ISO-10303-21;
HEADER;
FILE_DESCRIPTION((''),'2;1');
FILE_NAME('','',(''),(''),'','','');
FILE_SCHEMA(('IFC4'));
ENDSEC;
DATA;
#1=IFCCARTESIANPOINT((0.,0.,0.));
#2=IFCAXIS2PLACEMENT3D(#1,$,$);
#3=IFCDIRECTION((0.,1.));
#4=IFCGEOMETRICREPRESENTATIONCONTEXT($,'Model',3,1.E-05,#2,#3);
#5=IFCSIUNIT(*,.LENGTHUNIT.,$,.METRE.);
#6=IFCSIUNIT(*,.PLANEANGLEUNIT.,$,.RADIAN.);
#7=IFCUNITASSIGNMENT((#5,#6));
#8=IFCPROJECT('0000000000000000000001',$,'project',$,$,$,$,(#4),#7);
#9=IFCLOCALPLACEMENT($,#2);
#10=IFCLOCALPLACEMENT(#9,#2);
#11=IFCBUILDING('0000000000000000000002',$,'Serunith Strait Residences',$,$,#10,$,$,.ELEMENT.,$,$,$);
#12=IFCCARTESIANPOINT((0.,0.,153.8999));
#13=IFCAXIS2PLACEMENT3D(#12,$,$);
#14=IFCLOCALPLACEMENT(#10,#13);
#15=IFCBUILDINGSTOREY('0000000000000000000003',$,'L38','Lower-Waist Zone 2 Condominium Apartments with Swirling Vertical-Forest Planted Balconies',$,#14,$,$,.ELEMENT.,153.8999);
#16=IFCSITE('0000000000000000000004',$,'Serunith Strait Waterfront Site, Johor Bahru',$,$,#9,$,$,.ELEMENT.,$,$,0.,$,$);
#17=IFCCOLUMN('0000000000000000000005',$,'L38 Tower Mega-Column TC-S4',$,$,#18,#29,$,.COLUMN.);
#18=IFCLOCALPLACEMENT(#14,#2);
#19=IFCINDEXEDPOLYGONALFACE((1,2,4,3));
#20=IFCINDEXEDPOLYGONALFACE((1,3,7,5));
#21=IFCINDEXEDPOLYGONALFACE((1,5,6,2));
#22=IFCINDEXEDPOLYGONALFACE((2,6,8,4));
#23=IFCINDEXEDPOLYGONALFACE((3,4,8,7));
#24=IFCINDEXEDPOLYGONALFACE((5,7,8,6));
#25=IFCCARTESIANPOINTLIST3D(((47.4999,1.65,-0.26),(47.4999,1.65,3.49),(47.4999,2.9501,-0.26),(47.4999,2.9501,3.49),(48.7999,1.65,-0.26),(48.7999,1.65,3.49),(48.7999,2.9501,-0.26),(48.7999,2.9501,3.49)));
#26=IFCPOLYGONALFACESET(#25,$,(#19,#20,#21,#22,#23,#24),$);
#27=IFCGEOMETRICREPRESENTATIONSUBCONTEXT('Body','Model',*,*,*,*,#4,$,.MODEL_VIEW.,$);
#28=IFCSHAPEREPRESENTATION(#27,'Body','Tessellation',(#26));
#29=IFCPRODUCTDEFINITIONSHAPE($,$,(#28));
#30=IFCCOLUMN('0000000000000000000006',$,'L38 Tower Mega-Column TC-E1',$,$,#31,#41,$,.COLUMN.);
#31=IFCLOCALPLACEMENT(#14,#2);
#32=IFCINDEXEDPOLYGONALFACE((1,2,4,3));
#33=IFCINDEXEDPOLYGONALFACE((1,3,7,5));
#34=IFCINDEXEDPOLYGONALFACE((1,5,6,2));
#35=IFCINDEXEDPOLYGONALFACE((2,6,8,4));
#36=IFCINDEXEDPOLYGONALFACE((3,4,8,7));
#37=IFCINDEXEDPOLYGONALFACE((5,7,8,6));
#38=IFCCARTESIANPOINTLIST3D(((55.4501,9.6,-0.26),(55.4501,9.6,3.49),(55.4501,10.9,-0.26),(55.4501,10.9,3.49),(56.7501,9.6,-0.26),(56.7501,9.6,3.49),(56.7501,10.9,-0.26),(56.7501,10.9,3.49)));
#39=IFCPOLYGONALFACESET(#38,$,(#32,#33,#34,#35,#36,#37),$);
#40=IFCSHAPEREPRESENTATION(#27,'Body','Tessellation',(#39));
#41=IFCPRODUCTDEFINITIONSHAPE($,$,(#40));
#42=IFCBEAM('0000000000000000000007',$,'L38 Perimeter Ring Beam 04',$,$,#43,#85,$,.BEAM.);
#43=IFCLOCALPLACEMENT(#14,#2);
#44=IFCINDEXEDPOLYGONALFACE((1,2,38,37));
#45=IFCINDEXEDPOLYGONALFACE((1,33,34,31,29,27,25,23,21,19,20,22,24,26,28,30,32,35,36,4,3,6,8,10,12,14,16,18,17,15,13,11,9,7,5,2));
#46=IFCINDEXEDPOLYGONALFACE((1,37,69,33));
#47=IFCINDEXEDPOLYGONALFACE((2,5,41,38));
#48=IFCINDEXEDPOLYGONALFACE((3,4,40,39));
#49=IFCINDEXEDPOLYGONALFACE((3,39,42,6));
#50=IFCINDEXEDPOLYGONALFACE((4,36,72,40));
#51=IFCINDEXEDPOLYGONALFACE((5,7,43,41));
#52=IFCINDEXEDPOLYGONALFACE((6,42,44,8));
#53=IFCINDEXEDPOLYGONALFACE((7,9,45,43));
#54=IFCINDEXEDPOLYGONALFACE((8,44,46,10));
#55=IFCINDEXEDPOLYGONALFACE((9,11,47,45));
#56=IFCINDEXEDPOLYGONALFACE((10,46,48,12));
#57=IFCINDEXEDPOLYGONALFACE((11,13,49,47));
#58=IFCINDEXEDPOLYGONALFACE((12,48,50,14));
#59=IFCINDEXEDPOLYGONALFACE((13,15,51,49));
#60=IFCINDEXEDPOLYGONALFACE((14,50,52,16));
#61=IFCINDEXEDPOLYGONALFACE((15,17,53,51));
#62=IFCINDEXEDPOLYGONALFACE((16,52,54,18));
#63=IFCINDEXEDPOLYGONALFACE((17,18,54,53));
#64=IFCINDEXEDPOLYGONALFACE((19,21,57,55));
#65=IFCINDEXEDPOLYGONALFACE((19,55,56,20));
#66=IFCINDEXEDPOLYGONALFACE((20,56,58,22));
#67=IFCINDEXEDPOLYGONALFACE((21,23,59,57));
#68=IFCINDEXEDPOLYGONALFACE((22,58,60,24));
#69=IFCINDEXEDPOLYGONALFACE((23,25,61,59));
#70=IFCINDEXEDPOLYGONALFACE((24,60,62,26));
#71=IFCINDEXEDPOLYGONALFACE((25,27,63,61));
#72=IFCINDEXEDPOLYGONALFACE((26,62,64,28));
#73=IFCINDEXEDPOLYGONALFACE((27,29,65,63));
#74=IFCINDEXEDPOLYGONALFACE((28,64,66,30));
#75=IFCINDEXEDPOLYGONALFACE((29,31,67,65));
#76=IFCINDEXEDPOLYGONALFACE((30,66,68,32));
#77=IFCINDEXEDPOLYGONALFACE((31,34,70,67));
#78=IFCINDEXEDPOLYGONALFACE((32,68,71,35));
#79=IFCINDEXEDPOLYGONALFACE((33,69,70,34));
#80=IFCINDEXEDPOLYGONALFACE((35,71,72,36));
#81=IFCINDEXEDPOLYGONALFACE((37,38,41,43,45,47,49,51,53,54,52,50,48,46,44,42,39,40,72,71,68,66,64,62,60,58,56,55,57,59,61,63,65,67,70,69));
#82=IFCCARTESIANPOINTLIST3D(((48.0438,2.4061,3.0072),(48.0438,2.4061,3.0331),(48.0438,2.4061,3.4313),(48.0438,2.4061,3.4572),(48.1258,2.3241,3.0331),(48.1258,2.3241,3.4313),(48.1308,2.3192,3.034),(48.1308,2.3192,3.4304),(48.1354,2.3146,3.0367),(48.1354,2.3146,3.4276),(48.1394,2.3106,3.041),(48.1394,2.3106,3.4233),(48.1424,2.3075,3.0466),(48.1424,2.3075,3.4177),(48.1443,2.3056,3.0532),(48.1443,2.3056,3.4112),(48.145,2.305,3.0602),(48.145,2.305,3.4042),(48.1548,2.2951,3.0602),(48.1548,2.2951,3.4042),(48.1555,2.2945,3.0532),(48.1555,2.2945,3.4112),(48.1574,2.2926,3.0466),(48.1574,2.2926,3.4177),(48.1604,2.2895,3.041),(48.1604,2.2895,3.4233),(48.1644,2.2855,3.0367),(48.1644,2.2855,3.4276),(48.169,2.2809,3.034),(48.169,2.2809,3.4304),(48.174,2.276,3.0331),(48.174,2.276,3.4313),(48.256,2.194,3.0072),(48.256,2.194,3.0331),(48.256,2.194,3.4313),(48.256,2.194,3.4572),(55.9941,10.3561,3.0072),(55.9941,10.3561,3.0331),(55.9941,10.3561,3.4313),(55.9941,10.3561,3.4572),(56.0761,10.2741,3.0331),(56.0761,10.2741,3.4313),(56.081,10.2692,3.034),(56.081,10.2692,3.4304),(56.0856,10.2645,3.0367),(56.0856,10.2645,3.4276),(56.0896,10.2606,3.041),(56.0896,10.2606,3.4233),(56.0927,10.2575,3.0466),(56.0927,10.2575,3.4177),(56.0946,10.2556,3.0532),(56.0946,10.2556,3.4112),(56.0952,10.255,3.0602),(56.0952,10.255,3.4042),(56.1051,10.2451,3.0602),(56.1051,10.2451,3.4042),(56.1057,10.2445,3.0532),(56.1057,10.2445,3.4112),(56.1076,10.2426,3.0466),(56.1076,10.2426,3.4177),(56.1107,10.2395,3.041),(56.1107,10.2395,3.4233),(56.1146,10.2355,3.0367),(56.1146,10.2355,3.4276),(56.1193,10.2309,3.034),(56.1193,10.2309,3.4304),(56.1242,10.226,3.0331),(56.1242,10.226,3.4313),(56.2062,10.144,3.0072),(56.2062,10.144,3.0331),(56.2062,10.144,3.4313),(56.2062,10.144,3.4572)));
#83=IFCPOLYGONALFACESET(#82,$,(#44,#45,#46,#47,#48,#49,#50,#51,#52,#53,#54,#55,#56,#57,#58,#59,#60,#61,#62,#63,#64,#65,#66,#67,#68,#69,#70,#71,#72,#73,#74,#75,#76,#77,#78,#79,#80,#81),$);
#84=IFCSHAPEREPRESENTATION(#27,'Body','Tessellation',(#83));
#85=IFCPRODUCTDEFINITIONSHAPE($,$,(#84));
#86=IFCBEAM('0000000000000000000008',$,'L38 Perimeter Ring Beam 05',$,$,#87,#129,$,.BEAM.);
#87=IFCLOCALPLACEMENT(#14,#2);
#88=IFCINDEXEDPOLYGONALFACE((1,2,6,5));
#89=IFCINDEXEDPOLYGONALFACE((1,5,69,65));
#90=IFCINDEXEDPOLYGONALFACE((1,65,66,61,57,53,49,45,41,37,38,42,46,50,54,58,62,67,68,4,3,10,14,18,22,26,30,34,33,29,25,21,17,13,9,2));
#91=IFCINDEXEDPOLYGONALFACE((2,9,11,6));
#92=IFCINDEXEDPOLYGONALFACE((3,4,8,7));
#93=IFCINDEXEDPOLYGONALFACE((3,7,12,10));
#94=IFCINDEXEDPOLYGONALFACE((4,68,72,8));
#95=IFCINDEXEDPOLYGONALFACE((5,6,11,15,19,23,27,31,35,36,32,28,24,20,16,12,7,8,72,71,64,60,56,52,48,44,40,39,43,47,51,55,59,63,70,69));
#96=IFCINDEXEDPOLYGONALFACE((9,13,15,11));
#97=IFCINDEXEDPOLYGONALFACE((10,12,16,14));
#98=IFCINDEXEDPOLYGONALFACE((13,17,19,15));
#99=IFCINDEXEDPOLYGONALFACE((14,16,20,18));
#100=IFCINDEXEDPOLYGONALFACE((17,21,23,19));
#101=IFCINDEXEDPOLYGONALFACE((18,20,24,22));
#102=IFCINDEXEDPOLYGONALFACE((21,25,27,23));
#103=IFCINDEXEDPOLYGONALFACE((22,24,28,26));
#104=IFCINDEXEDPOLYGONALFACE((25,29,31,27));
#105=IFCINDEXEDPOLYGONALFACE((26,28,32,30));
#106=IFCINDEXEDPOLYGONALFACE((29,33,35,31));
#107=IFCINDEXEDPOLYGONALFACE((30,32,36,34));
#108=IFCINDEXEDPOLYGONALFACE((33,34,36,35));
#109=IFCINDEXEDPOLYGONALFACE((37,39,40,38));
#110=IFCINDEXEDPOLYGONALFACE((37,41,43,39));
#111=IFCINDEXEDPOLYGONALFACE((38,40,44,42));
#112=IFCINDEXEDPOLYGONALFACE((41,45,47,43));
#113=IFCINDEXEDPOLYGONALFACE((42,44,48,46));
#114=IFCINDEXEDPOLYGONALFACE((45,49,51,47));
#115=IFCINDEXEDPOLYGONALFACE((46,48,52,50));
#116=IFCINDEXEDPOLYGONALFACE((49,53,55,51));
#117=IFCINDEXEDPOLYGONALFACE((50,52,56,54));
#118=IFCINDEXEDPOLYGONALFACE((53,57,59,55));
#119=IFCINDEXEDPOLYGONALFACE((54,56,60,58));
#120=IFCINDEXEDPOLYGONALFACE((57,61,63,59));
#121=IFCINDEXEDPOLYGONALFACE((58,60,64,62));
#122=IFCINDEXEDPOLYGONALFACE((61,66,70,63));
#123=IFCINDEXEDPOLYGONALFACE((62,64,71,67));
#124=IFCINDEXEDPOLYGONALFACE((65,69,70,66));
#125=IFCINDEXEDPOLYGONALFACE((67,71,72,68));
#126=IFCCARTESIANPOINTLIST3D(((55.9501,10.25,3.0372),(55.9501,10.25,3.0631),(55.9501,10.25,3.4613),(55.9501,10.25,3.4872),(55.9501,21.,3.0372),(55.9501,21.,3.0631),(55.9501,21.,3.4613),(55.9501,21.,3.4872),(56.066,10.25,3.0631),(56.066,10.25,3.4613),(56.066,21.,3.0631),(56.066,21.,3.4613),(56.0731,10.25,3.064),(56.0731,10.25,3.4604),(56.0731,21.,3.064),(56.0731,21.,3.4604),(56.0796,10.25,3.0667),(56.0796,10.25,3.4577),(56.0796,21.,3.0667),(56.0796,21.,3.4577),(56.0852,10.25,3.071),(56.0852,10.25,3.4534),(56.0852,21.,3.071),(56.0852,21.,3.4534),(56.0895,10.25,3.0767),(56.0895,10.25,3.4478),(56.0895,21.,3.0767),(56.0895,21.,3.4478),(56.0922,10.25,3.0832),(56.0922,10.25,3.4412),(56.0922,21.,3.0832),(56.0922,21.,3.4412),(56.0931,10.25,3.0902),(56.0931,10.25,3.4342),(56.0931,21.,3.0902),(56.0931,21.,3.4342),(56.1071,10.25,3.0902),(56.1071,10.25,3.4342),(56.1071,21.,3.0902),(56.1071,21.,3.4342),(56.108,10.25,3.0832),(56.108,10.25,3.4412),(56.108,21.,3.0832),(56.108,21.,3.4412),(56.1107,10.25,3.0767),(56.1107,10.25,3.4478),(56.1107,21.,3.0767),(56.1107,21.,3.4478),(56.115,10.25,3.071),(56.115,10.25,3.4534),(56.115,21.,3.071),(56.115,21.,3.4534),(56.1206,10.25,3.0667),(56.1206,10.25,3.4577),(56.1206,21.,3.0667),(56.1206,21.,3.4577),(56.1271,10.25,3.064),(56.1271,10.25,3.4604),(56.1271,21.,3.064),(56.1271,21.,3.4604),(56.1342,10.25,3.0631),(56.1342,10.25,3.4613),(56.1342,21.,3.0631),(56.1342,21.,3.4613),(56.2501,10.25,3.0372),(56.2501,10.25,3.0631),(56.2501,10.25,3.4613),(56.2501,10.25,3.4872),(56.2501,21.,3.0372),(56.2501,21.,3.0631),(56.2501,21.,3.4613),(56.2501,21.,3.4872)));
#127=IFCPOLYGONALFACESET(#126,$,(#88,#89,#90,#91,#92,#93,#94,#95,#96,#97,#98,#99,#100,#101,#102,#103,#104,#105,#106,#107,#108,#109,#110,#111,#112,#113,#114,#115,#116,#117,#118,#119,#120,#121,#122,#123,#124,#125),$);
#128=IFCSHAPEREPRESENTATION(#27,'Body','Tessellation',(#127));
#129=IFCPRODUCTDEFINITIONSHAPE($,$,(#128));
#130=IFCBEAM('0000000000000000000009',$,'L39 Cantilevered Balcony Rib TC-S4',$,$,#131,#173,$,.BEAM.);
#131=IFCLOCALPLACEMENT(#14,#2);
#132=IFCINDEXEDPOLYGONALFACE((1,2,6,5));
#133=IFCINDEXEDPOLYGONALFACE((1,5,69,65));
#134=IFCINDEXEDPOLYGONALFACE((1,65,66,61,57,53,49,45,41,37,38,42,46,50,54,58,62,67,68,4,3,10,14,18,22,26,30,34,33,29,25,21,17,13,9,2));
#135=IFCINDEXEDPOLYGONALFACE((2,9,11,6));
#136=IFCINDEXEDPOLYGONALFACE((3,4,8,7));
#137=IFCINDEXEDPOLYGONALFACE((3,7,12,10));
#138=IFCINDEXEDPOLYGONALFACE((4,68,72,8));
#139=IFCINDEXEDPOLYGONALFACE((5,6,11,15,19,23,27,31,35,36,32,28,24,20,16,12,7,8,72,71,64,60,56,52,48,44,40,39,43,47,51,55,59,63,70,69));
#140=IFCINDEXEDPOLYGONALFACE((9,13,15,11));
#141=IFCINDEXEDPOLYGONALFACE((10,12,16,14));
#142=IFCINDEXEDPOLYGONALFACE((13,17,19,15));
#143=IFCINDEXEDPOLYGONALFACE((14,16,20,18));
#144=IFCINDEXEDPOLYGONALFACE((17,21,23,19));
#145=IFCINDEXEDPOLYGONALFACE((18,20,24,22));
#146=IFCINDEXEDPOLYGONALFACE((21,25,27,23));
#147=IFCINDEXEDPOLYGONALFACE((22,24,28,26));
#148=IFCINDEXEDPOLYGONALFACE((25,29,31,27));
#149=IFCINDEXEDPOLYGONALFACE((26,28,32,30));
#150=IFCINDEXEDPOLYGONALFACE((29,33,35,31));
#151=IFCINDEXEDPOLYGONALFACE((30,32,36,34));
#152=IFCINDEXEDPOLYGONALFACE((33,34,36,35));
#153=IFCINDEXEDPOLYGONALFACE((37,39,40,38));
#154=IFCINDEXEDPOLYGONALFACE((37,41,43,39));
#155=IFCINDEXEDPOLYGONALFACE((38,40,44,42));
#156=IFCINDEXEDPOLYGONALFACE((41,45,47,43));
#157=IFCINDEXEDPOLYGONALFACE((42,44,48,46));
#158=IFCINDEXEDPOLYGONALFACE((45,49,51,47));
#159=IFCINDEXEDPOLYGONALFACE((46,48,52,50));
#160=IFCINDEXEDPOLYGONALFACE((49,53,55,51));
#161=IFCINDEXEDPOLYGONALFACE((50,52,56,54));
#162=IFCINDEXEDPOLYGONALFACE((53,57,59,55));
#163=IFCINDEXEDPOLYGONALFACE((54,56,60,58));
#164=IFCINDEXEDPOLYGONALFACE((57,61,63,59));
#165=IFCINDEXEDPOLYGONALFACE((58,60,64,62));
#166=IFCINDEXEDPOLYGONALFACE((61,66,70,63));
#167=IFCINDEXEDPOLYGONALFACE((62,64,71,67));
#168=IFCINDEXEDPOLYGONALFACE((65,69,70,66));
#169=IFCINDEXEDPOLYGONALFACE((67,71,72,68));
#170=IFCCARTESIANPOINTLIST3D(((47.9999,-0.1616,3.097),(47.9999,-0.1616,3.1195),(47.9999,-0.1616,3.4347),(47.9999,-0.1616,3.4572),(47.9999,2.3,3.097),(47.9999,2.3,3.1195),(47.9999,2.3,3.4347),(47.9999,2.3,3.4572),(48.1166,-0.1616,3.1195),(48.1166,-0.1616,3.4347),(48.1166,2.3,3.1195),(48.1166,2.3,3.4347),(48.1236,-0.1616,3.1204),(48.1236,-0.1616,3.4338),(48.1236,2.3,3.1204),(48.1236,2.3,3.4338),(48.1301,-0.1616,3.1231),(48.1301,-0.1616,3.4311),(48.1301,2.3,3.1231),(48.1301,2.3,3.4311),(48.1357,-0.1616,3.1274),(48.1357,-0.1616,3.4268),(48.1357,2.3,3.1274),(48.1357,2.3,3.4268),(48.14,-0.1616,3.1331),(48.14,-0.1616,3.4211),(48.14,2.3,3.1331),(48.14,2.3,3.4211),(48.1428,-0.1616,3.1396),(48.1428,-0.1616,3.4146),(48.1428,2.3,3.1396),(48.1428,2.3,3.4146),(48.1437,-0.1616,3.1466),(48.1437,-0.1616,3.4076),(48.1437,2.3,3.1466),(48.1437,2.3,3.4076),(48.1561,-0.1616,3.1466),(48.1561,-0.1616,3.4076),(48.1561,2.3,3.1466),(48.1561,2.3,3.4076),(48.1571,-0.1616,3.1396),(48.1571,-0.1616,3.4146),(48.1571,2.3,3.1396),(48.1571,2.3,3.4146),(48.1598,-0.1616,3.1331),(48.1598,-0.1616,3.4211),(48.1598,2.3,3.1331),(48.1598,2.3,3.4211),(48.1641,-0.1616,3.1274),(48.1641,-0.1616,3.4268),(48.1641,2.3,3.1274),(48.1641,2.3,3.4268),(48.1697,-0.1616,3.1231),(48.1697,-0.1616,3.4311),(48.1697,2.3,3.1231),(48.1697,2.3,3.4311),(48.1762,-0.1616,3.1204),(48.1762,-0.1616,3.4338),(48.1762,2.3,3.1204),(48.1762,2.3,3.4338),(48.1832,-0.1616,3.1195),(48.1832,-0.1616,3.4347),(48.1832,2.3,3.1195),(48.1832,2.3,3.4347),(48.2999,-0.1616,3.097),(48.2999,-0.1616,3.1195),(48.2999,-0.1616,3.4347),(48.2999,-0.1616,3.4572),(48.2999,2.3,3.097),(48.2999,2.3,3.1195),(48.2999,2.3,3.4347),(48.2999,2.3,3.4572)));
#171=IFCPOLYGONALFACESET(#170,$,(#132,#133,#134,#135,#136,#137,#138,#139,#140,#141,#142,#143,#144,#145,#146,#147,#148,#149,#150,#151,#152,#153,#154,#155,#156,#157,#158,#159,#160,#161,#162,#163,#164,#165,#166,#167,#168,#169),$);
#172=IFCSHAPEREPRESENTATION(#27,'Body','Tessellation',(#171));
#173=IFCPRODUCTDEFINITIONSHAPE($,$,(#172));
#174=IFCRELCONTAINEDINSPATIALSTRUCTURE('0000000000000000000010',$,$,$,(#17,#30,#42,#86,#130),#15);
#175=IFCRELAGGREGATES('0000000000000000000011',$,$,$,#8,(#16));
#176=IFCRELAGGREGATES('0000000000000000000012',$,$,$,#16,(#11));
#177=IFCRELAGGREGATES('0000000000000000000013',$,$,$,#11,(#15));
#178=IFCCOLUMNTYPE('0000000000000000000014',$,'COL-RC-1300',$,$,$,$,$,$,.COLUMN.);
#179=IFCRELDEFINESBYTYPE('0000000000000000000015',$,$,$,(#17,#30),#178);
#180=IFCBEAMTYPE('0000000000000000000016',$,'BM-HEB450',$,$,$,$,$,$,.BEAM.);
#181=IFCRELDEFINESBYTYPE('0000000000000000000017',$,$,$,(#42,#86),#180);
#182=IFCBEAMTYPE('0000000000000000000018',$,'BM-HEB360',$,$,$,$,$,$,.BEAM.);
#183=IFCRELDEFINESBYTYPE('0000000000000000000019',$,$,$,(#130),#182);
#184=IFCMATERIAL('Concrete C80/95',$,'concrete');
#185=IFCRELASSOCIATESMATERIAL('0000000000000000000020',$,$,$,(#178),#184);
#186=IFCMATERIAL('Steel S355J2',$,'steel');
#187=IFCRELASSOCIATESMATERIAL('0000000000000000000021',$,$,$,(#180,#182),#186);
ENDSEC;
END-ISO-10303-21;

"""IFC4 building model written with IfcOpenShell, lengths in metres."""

from ifc_helpers import new_model, si_unit, direction, frame, origin, origin_2d, place, context, subcontext, project, spatial, rectangle, i_section, extrude, source, transform, mapped, material, material_profile, profile_set, type_object, element, save


model = new_model("IFC4")

# Units and contexts
model_context = context("Model", 3, precision=1e-05, world=origin(), true_north=direction((0.0, 1.0)))
body_context = subcontext(model_context, "Body", "Model", "MODEL_VIEW")
ifc_project = project(units=[si_unit("LENGTHUNIT", "METRE"), si_unit("PLANEANGLEUNIT", "RADIAN")], contexts=[model_context])

# Site, building, storey
site_placement = place(None, origin())
site = spatial("IfcSite", under=ifc_project, at=site_placement, Name="Serunith Strait Waterfront Site, Johor Bahru", CompositionType="ELEMENT", RefElevation=0.0)
building_placement = place(site_placement, origin())
building = spatial("IfcBuilding", under=site, at=building_placement, Name="Serunith Strait Residences", CompositionType="ELEMENT")
storey_placement = place(building_placement, frame((0.0, 0.0, 153.8999)))
storey = spatial("IfcBuildingStorey", under=building, at=storey_placement, Name="L38", Description="Lower-Waist Zone 2 Condominium Apartments with Swirling Vertical-Forest Planted Balconies", CompositionType="ELEMENT", Elevation=153.8999)

# Columns
ifc_material_1 = material(Name="Concrete C80/95", Category="concrete")
ifc_material_profile_1 = material_profile(ifc_material_1, rectangle(XDim=1.3, YDim=1.3, at=origin_2d()), Name="RC 1300x1300")
ifc_profile_set_1 = profile_set([ifc_material_profile_1], Name="Concrete C80/95")
column_type = type_object("IfcColumnType", Name="COL-RC-1300", PredefinedType="COLUMN", material=ifc_profile_set_1)
shared_shape_1 = source(origin(), body_context, "Body", "SweptSolid", [
    extrude(rectangle(XDim=1.3, YDim=1.3, at=origin_2d()), origin(), (0.0, 0.0, 1.0), 3.75),
])
for number, where, z_axis, x_axis, name in (
    (1, (48.1499, 2.3, -0.26), (0.0, 0.0, 1.0), (1.0, 0.0, 0.0), "L38 Tower Mega-Column TC-S4"),
    (2, (56.1001, 10.25, -0.26), (0.0, 0.0, 1.0), (1.0, 0.0, 0.0), "L38 Tower Mega-Column TC-E1"),
):
    element("IfcColumn", number, at=place(storey_placement, frame(where, z_axis=z_axis, x_axis=x_axis)), inside=storey, type_object=column_type, Name=name, PredefinedType="COLUMN", context=body_context, shape_type="MappedRepresentation", body=[
        mapped(shared_shape_1, transform((0.0, 0.0, 0.0), scale=1.0)),
    ])

# Beams
ifc_material_2 = material(Name="Steel S355J2", Category="steel")
ifc_material_profile_2 = material_profile(ifc_material_2, i_section(OverallWidth=0.3, OverallDepth=0.45, WebThickness=0.0139, FlangeThickness=0.0259, FilletRadius=0.0271, at=origin_2d()), Name="HEB 450")
ifc_profile_set_2 = profile_set([ifc_material_profile_2], Name="Steel S355J2")
beam_type_1 = type_object("IfcBeamType", Name="BM-HEB450", PredefinedType="BEAM", material=ifc_profile_set_2)
shared_shape_2 = source(origin(), body_context, "Body", "SweptSolid", [
    extrude(i_section(OverallWidth=0.3, OverallDepth=0.45, WebThickness=0.0139, FlangeThickness=0.0259, FilletRadius=0.0271, at=origin_2d()), origin(), (0.0, 0.0, 1.0), 11.2432),
])
beam_1_placement = place(storey_placement, frame((48.1499, 2.3, 3.2322), z_axis=(0.707118, 0.707096, 0.0), x_axis=(-0.707096, 0.707118, 0.0)))
element("IfcBeam", 3, at=beam_1_placement, inside=storey, type_object=beam_type_1, Name="L38 Perimeter Ring Beam 04", PredefinedType="BEAM", context=body_context, shape_type="MappedRepresentation", body=[
    mapped(shared_shape_2, transform((0.0, 0.0, 0.0), scale=1.0)),
])
shared_shape_3 = source(origin(), body_context, "Body", "SweptSolid", [
    extrude(i_section(OverallWidth=0.3, OverallDepth=0.45, WebThickness=0.0139, FlangeThickness=0.0259, FilletRadius=0.0271, at=origin_2d()), origin(), (0.0, 0.0, 1.0), 10.75),
])
beam_2_placement = place(storey_placement, frame((56.1001, 10.25, 3.2622), z_axis=(0.0, 1.0, 0.0), x_axis=(-1.0, 0.0, 0.0)))
element("IfcBeam", 4, at=beam_2_placement, inside=storey, type_object=beam_type_1, Name="L38 Perimeter Ring Beam 05", PredefinedType="BEAM", context=body_context, shape_type="MappedRepresentation", body=[
    mapped(shared_shape_3, transform((0.0, 0.0, 0.0), scale=1.0)),
])
ifc_material_profile_3 = material_profile(ifc_material_2, i_section(OverallWidth=0.3, OverallDepth=0.3601, WebThickness=0.0125, FlangeThickness=0.0225, FilletRadius=0.0271, at=origin_2d()), Name="HEB 360")
ifc_profile_set_3 = profile_set([ifc_material_profile_3], Name="Steel S355J2")
beam_type_2 = type_object("IfcBeamType", Name="BM-HEB360", PredefinedType="BEAM", material=ifc_profile_set_3)
shared_shape_4 = source(origin(), body_context, "Body", "SweptSolid", [
    extrude(i_section(OverallWidth=0.3, OverallDepth=0.3601, WebThickness=0.0125, FlangeThickness=0.0225, FilletRadius=0.0271, at=origin_2d()), origin(), (0.0, 0.0, 1.0), 2.4617),
])
beam_3_placement = place(storey_placement, frame((48.1499, 2.3, 3.2771), z_axis=(0.0, -1.0, 0.0), x_axis=(1.0, 0.0, 0.0)))
element("IfcBeam", 5, at=beam_3_placement, inside=storey, type_object=beam_type_2, Name="L39 Cantilevered Balcony Rib TC-S4", PredefinedType="BEAM", context=body_context, shape_type="MappedRepresentation", body=[
    mapped(shared_shape_4, transform((0.0, 0.0, 0.0), scale=1.0)),
])

save(model, "model.ifc")
